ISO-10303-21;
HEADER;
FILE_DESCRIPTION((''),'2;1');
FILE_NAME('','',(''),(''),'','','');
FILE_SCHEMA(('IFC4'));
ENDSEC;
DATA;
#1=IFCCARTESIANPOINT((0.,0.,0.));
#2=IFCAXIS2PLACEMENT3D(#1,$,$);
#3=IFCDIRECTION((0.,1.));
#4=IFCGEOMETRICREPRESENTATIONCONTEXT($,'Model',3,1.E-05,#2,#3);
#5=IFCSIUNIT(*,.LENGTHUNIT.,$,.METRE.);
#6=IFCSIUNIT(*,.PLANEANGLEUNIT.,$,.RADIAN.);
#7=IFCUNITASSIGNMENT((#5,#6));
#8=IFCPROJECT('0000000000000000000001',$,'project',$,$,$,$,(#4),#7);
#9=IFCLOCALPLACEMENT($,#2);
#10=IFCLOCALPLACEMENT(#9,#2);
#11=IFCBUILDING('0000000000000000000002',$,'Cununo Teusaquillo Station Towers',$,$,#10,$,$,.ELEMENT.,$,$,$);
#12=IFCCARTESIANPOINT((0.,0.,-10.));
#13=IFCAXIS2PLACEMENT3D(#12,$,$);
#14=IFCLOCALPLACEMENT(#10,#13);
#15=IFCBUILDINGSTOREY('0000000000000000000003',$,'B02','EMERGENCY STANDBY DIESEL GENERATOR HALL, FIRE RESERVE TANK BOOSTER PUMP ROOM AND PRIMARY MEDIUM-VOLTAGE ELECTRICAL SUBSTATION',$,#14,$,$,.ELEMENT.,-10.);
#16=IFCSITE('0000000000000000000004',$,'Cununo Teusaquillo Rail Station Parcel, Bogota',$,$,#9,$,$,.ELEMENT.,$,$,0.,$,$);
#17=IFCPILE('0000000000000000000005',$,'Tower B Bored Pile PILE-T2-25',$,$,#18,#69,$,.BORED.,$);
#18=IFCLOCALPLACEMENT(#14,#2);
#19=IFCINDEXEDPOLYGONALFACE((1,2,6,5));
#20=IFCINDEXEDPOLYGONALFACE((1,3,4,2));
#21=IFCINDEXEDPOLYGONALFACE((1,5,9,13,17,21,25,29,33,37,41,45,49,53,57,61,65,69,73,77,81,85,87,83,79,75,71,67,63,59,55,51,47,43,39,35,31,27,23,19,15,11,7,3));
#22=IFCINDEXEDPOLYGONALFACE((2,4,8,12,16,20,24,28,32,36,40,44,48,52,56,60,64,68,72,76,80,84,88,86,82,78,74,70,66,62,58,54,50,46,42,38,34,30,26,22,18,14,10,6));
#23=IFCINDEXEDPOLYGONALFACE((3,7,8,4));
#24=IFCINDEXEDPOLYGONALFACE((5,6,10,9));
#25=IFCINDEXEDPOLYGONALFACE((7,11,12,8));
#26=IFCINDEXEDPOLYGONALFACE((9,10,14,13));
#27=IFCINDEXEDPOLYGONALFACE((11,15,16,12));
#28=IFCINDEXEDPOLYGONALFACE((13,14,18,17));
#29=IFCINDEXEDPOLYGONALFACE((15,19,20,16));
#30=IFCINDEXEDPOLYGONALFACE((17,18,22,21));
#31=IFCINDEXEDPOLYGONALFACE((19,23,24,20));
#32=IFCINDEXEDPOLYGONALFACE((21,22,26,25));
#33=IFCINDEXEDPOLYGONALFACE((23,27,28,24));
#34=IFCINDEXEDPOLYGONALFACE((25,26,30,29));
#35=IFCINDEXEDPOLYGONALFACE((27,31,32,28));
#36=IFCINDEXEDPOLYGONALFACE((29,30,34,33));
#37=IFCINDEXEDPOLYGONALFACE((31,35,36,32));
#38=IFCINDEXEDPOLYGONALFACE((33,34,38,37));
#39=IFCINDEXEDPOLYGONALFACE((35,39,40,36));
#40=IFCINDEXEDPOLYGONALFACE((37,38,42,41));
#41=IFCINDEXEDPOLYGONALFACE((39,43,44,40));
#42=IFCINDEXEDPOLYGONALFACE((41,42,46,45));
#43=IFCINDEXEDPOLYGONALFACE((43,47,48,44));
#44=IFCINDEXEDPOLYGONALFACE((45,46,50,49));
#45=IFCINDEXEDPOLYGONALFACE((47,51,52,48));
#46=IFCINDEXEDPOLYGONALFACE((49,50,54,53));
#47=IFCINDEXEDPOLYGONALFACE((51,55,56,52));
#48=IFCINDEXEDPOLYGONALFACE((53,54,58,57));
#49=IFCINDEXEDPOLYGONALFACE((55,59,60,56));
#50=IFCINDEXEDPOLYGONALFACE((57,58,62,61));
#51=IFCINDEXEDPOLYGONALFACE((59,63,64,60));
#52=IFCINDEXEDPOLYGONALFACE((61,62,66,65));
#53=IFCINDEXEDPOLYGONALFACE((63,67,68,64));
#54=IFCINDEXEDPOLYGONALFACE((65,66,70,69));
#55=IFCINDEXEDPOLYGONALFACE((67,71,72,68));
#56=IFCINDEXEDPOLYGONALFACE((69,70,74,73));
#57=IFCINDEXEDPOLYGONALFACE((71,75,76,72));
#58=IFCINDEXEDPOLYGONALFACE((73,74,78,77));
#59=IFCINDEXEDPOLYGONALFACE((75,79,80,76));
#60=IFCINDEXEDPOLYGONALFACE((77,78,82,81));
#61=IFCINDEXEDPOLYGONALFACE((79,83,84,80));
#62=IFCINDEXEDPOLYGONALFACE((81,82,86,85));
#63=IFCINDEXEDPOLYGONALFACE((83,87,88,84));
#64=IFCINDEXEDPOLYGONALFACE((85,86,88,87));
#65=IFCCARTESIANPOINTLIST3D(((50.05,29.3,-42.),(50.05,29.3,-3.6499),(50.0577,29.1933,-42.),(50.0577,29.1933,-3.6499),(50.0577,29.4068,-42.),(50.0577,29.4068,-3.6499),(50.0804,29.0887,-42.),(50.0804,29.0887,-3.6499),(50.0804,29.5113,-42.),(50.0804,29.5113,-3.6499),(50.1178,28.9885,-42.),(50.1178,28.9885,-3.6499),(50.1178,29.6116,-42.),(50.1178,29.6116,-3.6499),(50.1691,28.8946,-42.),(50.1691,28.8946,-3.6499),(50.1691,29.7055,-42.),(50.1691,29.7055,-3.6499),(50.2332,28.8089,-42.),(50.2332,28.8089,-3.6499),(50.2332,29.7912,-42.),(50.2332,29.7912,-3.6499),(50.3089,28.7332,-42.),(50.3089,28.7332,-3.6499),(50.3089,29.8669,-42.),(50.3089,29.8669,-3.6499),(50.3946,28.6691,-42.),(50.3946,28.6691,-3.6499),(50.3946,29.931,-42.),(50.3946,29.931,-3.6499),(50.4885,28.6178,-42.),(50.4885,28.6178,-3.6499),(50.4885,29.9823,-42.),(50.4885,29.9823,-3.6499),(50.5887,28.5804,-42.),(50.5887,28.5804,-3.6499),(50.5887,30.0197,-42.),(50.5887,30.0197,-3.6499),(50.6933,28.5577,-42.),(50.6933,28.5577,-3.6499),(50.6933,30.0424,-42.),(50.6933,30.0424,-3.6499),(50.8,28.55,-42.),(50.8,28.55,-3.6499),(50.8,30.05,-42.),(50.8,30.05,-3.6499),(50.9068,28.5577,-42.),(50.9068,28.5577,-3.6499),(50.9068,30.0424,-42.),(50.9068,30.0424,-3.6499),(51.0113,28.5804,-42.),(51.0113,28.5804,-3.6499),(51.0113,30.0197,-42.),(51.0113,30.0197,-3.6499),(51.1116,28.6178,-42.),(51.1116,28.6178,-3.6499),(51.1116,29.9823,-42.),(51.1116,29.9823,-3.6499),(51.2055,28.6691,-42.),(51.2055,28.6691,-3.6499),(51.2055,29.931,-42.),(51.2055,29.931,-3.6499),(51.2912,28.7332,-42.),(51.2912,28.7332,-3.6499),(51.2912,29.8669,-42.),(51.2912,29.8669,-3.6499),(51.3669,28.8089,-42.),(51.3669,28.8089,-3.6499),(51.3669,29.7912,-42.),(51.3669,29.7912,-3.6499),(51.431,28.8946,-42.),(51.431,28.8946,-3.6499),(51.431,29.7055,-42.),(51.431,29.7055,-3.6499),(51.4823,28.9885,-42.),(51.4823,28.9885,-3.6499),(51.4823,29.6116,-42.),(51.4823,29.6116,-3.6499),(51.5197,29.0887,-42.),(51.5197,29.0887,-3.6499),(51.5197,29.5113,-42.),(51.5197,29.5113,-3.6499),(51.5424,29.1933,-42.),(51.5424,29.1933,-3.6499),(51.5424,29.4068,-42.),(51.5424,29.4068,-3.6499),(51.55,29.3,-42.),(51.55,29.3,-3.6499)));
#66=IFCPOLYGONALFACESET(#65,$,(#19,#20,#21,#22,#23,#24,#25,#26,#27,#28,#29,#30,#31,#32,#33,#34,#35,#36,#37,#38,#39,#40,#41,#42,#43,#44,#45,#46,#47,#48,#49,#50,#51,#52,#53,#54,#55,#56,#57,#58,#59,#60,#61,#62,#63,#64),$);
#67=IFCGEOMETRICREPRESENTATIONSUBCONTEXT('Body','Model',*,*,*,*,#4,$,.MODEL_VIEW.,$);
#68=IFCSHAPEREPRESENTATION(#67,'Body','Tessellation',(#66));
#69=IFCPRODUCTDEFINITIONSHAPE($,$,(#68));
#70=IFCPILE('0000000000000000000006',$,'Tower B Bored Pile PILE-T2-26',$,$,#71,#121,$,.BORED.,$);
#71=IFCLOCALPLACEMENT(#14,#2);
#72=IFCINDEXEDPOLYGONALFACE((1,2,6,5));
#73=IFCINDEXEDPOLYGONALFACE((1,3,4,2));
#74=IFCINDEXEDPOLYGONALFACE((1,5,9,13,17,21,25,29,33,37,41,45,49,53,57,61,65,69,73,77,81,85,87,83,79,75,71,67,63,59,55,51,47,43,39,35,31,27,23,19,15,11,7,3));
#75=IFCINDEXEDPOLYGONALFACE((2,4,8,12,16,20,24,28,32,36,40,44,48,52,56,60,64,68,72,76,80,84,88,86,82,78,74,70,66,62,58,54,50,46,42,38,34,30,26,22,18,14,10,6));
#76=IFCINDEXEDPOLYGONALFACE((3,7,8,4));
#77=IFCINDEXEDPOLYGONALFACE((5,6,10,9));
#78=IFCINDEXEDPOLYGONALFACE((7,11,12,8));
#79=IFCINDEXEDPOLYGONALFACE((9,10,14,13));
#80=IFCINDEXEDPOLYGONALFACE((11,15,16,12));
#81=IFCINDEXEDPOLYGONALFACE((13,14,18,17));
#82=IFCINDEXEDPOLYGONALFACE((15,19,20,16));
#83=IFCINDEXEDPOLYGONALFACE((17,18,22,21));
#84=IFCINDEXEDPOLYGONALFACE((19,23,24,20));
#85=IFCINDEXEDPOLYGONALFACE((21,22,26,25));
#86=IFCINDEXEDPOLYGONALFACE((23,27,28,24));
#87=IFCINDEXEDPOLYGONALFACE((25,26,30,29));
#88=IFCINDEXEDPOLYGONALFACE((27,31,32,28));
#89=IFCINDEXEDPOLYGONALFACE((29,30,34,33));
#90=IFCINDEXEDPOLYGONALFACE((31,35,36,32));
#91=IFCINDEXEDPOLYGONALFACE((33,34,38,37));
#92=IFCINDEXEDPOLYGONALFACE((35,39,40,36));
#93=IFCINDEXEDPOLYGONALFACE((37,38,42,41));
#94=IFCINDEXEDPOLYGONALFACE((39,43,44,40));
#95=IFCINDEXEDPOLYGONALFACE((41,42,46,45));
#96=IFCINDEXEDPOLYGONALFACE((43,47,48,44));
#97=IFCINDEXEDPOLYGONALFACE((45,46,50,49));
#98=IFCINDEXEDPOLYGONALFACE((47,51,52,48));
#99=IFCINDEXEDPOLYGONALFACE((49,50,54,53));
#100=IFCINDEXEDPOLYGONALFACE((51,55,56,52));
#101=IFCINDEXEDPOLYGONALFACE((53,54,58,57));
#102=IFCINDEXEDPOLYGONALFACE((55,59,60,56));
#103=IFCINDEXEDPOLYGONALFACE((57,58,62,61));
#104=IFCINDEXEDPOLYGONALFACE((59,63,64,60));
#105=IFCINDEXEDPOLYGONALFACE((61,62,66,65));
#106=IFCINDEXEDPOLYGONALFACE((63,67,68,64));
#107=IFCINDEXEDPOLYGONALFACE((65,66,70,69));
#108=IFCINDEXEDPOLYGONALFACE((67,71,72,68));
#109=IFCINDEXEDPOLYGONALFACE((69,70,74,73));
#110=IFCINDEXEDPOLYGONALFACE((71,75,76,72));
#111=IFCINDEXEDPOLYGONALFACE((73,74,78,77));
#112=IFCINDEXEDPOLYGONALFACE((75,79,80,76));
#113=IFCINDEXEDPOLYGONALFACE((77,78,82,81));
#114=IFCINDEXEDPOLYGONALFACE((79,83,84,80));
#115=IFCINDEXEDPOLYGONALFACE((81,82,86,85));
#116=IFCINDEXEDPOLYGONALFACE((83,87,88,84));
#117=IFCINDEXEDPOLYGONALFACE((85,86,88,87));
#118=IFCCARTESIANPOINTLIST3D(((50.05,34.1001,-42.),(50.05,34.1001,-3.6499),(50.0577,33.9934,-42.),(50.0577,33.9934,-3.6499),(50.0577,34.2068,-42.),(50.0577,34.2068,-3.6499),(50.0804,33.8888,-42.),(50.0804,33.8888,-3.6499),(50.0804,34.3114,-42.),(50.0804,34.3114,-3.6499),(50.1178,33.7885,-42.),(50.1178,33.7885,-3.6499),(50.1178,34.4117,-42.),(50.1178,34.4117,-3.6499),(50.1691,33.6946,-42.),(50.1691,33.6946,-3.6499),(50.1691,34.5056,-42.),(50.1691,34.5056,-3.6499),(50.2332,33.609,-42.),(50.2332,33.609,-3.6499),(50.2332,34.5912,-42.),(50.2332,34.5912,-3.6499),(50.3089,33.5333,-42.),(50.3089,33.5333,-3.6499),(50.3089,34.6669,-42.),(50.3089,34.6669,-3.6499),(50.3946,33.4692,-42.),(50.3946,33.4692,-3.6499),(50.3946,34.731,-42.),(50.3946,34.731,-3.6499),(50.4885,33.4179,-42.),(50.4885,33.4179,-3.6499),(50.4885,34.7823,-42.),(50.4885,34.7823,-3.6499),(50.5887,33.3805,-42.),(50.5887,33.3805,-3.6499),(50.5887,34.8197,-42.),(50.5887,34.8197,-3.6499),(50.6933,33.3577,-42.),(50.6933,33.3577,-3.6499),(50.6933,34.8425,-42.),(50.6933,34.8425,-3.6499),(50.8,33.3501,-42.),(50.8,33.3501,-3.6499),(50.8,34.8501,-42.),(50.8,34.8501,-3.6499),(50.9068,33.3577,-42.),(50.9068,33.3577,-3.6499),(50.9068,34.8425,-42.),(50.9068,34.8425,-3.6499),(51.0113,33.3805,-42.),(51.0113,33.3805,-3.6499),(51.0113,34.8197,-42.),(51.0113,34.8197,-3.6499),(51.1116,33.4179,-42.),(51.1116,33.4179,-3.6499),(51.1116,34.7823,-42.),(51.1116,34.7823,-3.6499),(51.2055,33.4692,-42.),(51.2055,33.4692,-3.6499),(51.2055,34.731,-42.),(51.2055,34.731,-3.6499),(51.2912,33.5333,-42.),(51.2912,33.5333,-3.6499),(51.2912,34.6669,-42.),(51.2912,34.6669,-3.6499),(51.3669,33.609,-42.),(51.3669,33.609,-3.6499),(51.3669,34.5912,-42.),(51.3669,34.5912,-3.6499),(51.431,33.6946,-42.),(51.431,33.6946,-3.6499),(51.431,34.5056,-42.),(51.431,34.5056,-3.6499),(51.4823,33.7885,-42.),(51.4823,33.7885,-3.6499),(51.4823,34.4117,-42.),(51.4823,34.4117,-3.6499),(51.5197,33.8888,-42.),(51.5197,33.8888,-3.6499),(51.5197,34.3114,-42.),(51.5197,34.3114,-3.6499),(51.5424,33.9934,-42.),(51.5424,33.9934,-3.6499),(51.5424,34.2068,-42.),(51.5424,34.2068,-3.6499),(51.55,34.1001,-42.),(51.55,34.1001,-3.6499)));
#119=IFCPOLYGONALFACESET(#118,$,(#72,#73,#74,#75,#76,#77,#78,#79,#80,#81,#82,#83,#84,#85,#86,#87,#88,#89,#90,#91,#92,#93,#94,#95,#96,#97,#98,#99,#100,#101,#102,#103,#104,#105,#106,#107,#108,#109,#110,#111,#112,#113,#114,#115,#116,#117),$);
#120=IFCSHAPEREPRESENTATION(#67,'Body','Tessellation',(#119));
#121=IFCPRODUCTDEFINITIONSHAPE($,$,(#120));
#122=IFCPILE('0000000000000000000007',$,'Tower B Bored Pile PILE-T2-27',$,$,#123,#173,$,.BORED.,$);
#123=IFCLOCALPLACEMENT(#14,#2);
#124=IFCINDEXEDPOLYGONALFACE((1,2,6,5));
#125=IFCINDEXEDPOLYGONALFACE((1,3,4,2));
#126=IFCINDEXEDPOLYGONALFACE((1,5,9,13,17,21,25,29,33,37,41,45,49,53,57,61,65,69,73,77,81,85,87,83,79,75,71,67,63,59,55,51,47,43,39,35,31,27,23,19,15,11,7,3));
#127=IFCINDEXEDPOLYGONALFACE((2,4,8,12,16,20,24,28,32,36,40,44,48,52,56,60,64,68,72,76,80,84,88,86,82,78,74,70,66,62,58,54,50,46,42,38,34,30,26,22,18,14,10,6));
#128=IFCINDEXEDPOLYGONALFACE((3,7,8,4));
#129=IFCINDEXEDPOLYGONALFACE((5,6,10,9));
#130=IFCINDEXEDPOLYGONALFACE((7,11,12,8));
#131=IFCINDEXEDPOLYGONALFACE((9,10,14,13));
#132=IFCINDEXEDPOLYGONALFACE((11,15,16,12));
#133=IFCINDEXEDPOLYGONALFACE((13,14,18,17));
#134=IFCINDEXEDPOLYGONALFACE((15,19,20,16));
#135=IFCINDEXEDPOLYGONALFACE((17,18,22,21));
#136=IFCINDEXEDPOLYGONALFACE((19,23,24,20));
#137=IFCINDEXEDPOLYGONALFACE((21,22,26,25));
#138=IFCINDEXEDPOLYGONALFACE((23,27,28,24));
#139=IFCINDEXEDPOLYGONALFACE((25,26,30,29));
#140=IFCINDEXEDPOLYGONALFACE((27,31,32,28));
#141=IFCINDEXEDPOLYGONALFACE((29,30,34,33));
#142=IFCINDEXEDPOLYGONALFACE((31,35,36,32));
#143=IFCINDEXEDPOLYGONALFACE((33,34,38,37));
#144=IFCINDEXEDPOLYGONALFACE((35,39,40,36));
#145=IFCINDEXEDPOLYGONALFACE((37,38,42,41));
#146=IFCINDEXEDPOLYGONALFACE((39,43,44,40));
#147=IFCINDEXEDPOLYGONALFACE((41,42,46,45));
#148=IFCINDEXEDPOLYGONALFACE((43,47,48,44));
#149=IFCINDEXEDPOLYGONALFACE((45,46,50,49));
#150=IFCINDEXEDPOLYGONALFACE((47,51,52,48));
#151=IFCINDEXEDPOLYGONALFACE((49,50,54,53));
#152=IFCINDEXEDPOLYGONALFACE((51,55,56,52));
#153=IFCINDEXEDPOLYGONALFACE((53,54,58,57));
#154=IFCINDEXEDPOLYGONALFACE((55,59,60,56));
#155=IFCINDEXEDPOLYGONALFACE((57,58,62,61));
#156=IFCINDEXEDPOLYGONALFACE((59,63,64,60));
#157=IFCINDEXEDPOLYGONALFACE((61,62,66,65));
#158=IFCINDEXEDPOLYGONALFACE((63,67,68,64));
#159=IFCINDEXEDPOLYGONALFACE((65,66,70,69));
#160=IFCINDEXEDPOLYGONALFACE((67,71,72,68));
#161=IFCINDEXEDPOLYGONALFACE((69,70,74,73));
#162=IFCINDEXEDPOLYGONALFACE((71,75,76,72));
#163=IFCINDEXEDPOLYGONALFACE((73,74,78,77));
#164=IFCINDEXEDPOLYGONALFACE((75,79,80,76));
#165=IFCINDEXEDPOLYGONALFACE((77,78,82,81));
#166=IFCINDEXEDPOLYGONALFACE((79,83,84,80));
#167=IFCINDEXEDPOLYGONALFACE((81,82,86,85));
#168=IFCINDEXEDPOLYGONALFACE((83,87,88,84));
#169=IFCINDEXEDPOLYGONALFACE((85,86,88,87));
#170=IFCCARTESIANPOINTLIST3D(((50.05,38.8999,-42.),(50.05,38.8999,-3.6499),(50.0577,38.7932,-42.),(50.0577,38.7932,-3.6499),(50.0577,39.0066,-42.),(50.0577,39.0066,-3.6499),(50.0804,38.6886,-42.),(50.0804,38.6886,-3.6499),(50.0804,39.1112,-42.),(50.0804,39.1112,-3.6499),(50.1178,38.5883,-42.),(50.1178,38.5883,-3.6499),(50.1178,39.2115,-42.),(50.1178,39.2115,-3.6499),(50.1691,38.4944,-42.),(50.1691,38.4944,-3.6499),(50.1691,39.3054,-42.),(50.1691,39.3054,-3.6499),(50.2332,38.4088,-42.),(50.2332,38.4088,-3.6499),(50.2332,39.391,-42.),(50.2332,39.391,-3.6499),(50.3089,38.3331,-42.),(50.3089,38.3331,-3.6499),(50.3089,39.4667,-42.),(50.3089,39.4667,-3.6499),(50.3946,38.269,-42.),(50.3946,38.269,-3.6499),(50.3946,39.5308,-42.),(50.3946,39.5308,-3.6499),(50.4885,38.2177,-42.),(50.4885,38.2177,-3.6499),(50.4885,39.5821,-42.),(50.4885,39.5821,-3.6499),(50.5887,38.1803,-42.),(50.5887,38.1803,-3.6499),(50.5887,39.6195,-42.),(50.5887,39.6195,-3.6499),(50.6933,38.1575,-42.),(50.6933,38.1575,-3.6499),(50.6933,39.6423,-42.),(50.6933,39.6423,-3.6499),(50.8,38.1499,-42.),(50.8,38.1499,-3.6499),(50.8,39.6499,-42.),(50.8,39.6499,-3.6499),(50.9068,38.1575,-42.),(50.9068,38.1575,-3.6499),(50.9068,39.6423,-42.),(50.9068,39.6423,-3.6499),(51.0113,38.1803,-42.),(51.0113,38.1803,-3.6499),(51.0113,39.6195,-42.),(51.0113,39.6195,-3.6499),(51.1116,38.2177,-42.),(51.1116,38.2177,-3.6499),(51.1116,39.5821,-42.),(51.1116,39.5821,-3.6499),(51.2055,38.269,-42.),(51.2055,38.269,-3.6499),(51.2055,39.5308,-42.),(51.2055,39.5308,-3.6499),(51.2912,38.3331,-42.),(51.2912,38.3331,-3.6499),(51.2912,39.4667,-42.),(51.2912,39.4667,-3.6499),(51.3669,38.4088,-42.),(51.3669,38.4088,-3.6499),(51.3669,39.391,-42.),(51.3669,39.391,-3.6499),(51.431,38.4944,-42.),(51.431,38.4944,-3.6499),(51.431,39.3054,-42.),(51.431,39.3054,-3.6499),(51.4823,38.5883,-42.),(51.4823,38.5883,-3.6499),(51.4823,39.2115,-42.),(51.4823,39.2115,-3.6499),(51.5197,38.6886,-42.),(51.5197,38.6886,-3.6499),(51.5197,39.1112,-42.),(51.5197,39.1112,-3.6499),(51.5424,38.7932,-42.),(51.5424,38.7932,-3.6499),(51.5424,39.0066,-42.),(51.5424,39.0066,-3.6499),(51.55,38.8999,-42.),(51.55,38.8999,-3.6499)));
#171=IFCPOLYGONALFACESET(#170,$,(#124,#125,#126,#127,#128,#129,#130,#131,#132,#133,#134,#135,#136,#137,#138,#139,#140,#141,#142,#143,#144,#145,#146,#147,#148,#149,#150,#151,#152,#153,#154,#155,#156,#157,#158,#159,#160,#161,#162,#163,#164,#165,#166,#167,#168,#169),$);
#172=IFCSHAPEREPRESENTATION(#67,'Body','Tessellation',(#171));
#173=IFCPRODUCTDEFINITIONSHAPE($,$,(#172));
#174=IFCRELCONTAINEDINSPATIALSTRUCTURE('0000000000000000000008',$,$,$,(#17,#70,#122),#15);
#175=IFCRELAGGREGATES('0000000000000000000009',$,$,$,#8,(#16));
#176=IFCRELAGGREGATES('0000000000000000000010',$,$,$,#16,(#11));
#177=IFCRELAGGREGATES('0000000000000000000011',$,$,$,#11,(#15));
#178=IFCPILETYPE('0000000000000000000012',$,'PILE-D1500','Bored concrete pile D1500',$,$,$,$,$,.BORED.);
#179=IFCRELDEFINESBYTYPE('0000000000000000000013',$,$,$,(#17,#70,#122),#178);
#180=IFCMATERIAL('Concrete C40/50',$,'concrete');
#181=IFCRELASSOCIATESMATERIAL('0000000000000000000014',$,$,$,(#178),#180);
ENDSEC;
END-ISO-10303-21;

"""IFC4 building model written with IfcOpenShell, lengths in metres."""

from ifc_helpers import new_model, si_unit, direction, frame, origin, origin_2d, place, context, subcontext, project, spatial, circle, extrude, material, material_profile, profile_set, type_object, element, save


model = new_model("IFC4")

# Units and contexts
model_context = context("Model", 3, precision=1e-05, world=origin(), true_north=direction((0.0, 1.0)))
body_context = subcontext(model_context, "Body", "Model", "MODEL_VIEW")
ifc_project = project(units=[si_unit("LENGTHUNIT", "METRE"), si_unit("PLANEANGLEUNIT", "RADIAN")], contexts=[model_context])

# Site, building, storey
site_placement = place(None, origin())
site = spatial("IfcSite", under=ifc_project, at=site_placement, Name="Cununo Teusaquillo Rail Station Parcel, Bogota", CompositionType="ELEMENT", RefElevation=0.0)
building_placement = place(site_placement, origin())
building = spatial("IfcBuilding", under=site, at=building_placement, Name="Cununo Teusaquillo Station Towers", CompositionType="ELEMENT")
storey_placement = place(building_placement, frame((0.0, 0.0, -10.0)))
storey = spatial("IfcBuildingStorey", under=building, at=storey_placement, Name="B02", Description="EMERGENCY STANDBY DIESEL GENERATOR HALL, FIRE RESERVE TANK BOOSTER PUMP ROOM AND PRIMARY MEDIUM-VOLTAGE ELECTRICAL SUBSTATION", CompositionType="ELEMENT", Elevation=-10.0)

# Piles
ifc_material_1 = material(Name="Concrete C40/50", Category="concrete")
ifc_material_profile_1 = material_profile(ifc_material_1, circle(Radius=0.75, at=origin_2d()), Name="PILE-BORED-1500")
ifc_profile_set_1 = profile_set([ifc_material_profile_1], Name="Concrete C40/50")
pile_type = type_object("IfcPileType", Name="PILE-D1500", Description="Bored concrete pile D1500", PredefinedType="BORED", material=ifc_profile_set_1)
for number, where, z_axis, x_axis, name in (
    (1, (50.8, 29.3, -3.6499), (0.0, 0.0, -1.0), (1.0, 0.0, 0.0), "Tower B Bored Pile PILE-T2-25"),
    (2, (50.8, 34.1001, -3.6499), (0.0, 0.0, -1.0), (1.0, 0.0, 0.0), "Tower B Bored Pile PILE-T2-26"),
    (3, (50.8, 38.8999, -3.6499), (0.0, 0.0, -1.0), (1.0, 0.0, 0.0), "Tower B Bored Pile PILE-T2-27"),
):
    element("IfcPile", number, at=place(storey_placement, frame(where, z_axis=z_axis, x_axis=x_axis)), inside=storey, type_object=pile_type, Name=name, PredefinedType="BORED", context=body_context, shape_type="SweptSolid", body=[
        extrude(circle(Radius=0.75, at=origin_2d()), origin(), (0.0, 0.0, 1.0), 38.3501),
    ])

save(model, "model.ifc")
